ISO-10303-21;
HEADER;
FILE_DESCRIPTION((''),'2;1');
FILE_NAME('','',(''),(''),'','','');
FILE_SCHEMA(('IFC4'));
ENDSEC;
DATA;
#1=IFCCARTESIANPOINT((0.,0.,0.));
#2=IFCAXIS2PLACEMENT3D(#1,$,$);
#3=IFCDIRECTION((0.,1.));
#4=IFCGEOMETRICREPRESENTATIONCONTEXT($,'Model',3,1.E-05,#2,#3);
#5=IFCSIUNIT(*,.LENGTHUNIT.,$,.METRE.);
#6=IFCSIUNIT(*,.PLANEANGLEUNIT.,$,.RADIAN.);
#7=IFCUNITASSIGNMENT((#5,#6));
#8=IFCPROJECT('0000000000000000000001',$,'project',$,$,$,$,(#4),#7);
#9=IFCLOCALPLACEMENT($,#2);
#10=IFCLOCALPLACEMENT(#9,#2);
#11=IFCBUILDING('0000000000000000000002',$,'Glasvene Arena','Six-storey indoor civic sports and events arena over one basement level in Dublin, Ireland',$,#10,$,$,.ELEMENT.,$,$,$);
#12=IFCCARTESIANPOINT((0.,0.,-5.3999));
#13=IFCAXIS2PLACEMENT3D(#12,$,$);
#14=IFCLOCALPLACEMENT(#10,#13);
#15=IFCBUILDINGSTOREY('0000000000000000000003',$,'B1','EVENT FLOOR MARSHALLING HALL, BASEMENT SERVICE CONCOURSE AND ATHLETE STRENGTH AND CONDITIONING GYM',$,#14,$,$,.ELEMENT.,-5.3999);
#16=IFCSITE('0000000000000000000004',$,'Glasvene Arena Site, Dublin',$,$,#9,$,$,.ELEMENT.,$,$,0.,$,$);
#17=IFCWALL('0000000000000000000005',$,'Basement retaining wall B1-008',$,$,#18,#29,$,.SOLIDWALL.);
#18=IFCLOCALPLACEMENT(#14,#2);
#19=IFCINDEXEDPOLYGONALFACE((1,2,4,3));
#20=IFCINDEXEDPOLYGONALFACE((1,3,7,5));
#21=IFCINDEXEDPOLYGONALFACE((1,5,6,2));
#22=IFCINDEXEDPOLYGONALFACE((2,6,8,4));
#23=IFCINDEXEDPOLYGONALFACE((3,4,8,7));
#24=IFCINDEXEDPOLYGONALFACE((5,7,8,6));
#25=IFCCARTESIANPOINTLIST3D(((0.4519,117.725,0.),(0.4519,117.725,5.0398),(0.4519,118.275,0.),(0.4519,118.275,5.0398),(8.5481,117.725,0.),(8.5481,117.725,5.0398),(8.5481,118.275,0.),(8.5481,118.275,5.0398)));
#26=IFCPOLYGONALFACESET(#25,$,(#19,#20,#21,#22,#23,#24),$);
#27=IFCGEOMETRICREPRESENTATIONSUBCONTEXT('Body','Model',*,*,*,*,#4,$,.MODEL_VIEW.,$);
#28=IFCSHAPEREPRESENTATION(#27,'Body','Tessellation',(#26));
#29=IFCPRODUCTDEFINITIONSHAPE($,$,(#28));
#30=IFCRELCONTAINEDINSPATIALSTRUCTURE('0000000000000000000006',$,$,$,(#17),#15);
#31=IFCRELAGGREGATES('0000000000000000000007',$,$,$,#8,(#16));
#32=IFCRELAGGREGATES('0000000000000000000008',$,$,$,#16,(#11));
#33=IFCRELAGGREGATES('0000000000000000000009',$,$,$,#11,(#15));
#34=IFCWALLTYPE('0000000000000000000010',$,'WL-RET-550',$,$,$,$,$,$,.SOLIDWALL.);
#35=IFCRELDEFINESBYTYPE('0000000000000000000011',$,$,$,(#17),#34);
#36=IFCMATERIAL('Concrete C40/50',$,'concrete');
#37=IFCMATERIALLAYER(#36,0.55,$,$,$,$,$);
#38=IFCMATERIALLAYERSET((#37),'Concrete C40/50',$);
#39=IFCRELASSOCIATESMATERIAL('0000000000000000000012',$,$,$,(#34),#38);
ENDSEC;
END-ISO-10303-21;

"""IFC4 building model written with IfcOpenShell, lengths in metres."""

from ifc_helpers import new_model, si_unit, direction, frame, frame_2d, origin, place, context, subcontext, project, spatial, rectangle, extrude, material, layer, layer_set, type_object, element, save


model = new_model("IFC4")

# Units and contexts
model_context = context("Model", 3, precision=1e-05, world=origin(), true_north=direction((0.0, 1.0)))
body_context = subcontext(model_context, "Body", "Model", "MODEL_VIEW")
ifc_project = project(units=[si_unit("LENGTHUNIT", "METRE"), si_unit("PLANEANGLEUNIT", "RADIAN")], contexts=[model_context])

# Site, building, storey
site_placement = place(None, origin())
site = spatial("IfcSite", under=ifc_project, at=site_placement, Name="Glasvene Arena Site, Dublin", CompositionType="ELEMENT", RefElevation=0.0)
building_placement = place(site_placement, origin())
building = spatial("IfcBuilding", under=site, at=building_placement, Name="Glasvene Arena", Description="Six-storey indoor civic sports and events arena over one basement level in Dublin, Ireland", CompositionType="ELEMENT")
storey_placement = place(building_placement, frame((0.0, 0.0, -5.3999)))
storey = spatial("IfcBuildingStorey", under=building, at=storey_placement, Name="B1", Description="EVENT FLOOR MARSHALLING HALL, BASEMENT SERVICE CONCOURSE AND ATHLETE STRENGTH AND CONDITIONING GYM", CompositionType="ELEMENT", Elevation=-5.3999)

# Shared definitions
ifc_material_1 = material(Name="Concrete C40/50", Category="concrete")

# Wall
ifc_layer_1 = layer(ifc_material_1, 0.55)
ifc_layer_set_1 = layer_set([ifc_layer_1], Name="Concrete C40/50")
wall_type_1 = type_object("IfcWallType", Name="WL-RET-550", PredefinedType="SOLIDWALL", material=ifc_layer_set_1)
for number, where, z_axis, x_axis, name in (
    (1, (0.4519, 118.0, 0.0), (0.0, 0.0, 1.0), (1.0, 0.0, 0.0), "Basement retaining wall B1-008"),
):
    element("IfcWall", number, at=place(storey_placement, frame(where, z_axis=z_axis, x_axis=x_axis)), inside=storey, type_object=wall_type_1, Name=name, PredefinedType="SOLIDWALL", context=body_context, shape_type="SweptSolid", body=[
        extrude(rectangle(XDim=8.0962, YDim=0.55, at=frame_2d((4.0481, 0.0))), origin(), (0.0, 0.0, 1.0), 5.0398),
    ])

save(model, "model.ifc")
